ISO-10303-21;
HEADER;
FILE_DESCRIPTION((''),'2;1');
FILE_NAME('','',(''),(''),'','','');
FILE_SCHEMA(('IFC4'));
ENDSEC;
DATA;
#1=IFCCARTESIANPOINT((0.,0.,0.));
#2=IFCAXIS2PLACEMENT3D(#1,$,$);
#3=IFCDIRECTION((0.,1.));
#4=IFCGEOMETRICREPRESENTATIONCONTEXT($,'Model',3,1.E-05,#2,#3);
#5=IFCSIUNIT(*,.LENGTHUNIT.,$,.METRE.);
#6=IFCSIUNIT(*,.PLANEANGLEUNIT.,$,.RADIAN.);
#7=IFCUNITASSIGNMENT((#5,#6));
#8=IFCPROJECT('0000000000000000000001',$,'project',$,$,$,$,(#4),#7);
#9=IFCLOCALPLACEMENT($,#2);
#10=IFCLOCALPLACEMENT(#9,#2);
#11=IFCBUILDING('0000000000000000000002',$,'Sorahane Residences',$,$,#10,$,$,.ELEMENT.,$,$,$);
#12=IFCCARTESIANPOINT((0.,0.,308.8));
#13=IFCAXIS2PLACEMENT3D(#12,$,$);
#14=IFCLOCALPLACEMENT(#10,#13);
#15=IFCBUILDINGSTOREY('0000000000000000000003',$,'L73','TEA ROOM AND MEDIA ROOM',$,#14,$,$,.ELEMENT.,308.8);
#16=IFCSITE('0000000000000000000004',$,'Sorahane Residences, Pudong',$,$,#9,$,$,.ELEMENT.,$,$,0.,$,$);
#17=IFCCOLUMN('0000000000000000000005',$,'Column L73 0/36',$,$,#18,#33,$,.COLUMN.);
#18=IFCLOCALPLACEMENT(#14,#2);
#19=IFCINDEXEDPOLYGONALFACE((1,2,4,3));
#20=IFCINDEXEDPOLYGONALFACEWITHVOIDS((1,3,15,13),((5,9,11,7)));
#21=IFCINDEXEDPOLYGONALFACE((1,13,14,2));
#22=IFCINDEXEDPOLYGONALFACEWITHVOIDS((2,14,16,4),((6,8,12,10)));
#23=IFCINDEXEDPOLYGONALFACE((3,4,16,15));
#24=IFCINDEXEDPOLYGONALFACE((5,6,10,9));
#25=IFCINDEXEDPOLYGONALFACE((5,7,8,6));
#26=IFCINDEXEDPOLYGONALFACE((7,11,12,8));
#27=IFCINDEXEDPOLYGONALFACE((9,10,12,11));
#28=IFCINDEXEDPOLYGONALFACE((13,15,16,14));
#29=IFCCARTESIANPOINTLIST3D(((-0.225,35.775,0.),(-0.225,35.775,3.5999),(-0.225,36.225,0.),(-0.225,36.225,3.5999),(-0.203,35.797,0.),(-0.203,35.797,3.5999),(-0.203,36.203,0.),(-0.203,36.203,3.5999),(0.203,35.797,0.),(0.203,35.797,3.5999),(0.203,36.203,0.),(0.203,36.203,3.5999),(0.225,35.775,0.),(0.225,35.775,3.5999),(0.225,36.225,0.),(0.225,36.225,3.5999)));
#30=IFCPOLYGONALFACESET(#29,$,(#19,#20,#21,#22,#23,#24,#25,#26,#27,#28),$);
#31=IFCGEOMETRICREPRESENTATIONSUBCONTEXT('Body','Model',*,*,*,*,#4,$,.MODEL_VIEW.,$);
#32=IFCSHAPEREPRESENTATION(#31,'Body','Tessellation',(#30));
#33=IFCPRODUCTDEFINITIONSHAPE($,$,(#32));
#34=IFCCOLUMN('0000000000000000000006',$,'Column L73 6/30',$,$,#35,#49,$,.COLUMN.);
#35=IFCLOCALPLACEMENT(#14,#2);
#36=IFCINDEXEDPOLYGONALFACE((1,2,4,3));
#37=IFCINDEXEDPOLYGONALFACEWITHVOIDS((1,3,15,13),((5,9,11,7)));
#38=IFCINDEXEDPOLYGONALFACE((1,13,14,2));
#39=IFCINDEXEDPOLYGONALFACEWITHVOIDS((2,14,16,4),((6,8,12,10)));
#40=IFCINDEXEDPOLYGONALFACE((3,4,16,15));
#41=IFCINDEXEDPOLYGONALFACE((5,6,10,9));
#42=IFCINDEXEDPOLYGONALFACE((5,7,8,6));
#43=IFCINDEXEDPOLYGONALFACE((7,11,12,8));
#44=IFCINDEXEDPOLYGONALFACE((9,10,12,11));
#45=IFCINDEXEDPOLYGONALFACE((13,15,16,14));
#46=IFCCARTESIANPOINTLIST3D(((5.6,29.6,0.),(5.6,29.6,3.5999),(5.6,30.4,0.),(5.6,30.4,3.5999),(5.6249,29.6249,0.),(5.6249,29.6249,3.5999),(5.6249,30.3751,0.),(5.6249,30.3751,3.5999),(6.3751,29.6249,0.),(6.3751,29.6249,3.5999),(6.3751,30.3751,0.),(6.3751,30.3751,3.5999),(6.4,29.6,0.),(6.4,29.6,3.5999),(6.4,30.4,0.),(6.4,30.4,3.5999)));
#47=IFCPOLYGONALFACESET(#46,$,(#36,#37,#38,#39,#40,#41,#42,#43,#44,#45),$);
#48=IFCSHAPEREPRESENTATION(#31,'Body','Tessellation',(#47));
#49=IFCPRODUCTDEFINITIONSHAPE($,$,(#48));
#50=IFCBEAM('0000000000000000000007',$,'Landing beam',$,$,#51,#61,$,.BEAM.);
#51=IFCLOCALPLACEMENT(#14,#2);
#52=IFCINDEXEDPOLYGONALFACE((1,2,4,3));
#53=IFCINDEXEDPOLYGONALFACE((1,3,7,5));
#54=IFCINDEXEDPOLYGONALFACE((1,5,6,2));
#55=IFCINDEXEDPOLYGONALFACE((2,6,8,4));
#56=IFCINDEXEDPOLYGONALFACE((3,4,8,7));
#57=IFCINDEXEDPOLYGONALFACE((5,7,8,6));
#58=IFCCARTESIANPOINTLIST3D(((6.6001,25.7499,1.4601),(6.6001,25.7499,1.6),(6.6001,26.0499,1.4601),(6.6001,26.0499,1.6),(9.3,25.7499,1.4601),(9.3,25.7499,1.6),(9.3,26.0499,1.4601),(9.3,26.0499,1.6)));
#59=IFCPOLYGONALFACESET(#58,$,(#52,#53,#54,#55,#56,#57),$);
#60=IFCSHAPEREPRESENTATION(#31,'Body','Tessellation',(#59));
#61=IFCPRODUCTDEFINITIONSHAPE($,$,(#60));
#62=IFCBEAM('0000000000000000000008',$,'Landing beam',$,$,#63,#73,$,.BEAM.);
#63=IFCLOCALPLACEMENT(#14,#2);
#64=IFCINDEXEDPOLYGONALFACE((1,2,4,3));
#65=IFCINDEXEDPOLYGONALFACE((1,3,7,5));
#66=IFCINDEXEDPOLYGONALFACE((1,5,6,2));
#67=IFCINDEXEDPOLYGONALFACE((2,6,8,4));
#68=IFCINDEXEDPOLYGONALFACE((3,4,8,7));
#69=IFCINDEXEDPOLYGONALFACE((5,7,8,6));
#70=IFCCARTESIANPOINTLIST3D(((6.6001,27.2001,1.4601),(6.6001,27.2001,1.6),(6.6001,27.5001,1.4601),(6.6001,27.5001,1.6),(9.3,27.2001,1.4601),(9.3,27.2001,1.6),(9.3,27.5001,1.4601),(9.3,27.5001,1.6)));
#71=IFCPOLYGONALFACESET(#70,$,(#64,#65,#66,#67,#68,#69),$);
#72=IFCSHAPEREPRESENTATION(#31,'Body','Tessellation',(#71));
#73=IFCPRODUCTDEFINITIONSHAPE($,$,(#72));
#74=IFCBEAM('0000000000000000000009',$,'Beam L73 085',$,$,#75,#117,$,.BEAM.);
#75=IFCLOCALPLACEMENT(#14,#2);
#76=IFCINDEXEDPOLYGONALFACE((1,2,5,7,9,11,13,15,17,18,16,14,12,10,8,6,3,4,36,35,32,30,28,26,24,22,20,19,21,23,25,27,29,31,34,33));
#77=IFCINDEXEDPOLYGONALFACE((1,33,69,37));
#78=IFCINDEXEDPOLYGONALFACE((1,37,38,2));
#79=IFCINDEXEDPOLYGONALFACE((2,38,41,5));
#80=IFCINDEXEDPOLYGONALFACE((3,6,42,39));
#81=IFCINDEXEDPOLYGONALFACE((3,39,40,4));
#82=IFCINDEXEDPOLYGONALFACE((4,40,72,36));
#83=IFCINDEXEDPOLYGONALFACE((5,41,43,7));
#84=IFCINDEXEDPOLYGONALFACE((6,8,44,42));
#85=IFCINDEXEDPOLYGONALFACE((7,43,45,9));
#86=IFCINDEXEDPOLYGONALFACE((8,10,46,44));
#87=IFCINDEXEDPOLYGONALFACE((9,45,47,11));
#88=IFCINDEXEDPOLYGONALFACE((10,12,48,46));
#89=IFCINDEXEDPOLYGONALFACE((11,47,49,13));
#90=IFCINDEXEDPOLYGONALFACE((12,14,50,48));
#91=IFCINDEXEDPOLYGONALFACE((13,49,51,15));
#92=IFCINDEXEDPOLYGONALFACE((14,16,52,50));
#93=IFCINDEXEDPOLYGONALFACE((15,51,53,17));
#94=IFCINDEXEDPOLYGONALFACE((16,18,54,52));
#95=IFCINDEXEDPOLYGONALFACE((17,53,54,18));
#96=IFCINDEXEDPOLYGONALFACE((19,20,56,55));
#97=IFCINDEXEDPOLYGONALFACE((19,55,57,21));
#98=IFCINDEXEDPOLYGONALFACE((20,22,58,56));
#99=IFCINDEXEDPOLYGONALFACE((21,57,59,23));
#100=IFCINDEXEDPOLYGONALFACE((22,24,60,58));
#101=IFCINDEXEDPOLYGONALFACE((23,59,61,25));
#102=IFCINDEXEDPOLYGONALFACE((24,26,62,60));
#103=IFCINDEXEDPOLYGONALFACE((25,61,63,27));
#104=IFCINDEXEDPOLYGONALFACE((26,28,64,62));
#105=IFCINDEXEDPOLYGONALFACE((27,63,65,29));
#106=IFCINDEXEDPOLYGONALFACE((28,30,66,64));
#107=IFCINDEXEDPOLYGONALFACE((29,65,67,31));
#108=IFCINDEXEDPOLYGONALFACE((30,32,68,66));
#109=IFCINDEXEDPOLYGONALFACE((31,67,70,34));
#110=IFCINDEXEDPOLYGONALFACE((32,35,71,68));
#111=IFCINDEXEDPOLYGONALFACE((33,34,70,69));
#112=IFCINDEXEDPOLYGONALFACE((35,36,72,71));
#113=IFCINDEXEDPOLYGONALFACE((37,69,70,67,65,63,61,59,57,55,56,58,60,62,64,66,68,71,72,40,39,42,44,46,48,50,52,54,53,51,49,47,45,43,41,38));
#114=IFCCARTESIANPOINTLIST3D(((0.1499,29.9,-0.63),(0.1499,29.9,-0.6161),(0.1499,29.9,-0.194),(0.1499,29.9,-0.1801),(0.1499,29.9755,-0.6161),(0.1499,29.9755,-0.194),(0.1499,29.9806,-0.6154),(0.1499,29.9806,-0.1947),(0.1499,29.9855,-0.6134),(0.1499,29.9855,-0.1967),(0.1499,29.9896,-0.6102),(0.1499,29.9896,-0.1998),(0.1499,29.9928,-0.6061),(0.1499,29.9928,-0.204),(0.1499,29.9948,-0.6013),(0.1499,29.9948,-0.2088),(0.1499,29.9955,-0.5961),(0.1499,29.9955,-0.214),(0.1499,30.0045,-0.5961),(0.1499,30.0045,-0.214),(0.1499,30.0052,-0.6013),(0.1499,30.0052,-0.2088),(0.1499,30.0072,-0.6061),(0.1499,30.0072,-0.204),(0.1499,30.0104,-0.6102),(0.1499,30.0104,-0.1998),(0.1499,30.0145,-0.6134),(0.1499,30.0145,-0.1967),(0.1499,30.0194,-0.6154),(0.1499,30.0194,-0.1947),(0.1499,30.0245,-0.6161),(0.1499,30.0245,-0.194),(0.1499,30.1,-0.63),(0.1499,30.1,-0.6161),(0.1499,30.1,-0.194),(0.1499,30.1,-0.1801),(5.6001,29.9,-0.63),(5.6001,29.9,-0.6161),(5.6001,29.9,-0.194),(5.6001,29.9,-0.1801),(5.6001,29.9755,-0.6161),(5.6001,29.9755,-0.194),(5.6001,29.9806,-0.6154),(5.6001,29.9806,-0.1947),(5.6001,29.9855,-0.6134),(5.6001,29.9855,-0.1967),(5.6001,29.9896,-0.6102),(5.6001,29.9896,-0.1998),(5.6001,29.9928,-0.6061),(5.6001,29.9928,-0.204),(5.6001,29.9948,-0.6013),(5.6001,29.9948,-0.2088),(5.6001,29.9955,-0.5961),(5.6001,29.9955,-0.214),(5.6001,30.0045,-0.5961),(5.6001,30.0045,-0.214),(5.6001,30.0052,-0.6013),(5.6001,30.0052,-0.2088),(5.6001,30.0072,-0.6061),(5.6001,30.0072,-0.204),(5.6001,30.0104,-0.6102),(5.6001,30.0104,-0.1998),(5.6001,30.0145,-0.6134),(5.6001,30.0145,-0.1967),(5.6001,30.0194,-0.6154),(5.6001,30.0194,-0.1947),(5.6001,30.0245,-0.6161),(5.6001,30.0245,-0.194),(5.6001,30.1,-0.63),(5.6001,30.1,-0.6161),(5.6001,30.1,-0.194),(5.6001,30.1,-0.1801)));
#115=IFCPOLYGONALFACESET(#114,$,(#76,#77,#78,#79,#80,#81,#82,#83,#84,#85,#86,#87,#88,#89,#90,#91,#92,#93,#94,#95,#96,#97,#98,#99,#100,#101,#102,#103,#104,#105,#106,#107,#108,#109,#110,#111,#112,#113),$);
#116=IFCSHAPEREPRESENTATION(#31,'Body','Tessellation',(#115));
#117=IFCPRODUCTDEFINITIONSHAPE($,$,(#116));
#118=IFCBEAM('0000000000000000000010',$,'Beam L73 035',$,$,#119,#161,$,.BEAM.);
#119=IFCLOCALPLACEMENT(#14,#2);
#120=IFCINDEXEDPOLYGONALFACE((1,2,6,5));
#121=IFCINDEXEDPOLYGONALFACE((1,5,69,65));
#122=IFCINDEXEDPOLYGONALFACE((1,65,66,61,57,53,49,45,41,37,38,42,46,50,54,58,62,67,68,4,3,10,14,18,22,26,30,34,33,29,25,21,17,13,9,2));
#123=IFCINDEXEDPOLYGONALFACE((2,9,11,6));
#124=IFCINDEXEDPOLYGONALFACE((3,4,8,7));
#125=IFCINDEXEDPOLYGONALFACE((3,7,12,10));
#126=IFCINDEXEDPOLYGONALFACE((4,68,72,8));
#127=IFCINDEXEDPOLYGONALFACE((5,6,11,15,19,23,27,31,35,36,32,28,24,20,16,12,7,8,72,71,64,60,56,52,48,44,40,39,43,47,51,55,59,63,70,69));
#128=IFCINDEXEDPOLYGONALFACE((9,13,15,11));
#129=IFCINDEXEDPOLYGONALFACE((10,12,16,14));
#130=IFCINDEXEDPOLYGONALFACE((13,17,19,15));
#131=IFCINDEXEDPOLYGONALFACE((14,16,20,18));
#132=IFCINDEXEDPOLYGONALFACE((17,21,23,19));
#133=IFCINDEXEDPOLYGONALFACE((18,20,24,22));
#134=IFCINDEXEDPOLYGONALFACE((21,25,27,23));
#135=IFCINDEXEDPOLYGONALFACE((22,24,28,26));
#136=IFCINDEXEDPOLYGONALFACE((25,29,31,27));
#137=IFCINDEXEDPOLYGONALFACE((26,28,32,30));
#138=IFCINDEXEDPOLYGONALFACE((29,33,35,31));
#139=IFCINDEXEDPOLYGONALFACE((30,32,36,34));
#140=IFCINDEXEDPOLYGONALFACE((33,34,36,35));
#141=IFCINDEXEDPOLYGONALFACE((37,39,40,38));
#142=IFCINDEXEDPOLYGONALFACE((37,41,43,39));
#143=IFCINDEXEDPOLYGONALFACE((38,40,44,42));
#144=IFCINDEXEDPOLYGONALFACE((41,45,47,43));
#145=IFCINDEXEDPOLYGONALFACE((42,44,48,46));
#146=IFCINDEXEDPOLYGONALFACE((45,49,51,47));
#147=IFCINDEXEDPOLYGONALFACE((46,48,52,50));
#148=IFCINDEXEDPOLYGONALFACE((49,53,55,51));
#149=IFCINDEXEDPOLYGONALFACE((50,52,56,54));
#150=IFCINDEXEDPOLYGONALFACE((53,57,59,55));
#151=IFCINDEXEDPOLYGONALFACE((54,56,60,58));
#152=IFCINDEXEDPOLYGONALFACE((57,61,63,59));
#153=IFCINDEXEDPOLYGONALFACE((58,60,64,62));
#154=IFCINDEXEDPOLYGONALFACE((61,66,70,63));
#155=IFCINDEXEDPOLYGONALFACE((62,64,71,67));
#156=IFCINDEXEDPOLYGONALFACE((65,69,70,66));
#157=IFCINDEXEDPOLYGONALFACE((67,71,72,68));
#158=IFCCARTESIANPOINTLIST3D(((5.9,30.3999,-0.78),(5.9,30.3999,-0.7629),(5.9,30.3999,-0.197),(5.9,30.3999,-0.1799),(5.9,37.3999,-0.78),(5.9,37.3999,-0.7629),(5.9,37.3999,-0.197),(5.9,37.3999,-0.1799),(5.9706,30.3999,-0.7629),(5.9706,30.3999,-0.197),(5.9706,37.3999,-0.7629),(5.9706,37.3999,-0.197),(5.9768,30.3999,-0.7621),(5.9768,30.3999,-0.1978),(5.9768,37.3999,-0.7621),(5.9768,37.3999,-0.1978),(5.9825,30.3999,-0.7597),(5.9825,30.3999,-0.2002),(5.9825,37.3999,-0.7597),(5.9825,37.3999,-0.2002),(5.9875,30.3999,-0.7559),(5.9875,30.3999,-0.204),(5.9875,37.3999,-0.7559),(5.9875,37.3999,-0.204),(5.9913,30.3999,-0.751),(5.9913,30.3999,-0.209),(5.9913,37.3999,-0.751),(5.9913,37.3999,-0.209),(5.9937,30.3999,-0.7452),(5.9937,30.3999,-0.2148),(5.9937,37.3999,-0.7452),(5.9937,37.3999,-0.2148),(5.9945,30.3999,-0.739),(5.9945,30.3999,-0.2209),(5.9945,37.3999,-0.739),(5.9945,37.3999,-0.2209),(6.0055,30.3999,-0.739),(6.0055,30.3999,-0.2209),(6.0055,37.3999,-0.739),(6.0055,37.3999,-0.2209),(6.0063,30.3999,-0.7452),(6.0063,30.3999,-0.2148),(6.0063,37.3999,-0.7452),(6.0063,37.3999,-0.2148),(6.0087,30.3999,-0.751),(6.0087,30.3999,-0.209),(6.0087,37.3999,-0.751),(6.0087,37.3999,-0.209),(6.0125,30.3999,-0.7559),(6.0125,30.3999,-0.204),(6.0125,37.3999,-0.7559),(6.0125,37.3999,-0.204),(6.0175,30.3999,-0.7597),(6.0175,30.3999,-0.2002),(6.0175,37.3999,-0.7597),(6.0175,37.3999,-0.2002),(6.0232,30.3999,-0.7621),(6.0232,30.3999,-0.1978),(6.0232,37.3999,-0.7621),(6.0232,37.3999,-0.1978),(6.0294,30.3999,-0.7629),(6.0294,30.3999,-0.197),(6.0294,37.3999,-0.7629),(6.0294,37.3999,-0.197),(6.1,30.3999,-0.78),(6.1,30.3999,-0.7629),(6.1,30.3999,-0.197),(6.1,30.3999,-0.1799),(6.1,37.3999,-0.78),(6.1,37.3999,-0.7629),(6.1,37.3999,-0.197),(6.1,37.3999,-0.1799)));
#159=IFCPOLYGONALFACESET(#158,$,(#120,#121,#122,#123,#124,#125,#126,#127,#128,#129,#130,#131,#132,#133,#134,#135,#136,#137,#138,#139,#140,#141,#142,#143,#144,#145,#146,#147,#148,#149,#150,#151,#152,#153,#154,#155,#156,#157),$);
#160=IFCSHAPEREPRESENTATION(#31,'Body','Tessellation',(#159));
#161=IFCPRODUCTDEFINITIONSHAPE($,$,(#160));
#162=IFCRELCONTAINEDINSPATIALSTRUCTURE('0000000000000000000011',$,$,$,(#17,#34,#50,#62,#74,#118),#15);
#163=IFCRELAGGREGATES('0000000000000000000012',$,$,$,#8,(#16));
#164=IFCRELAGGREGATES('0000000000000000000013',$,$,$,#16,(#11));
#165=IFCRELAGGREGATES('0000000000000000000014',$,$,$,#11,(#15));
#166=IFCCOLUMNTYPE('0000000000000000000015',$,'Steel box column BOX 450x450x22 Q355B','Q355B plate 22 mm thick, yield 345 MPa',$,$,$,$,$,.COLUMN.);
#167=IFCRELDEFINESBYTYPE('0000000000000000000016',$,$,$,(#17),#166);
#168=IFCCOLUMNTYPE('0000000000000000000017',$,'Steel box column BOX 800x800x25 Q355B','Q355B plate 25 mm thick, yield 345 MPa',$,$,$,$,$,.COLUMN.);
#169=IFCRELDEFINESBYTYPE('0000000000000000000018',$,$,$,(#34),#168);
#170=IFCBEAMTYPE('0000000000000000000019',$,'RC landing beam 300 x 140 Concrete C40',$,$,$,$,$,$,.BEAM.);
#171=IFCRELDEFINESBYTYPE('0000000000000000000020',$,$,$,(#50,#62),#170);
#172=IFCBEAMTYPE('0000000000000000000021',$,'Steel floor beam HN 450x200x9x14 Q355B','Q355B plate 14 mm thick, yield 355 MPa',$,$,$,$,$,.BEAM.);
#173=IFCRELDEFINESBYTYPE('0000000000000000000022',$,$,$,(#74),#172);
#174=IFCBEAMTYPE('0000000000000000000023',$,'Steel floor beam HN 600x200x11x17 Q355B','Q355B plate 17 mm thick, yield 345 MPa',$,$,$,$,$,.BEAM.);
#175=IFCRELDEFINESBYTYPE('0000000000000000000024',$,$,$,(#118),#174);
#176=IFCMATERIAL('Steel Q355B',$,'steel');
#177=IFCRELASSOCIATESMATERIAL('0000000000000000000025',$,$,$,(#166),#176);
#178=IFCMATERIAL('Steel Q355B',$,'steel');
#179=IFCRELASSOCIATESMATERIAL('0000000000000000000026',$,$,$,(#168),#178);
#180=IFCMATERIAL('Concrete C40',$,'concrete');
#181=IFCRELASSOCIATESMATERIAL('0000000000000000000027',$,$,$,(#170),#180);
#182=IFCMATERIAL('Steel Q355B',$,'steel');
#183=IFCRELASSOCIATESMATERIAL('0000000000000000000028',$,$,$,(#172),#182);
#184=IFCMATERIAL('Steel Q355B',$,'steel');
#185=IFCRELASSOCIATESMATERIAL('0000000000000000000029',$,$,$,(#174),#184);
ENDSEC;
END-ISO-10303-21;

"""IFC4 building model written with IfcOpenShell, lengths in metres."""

from ifc_helpers import new_model, si_unit, direction, frame, origin, origin_2d, place, context, subcontext, project, spatial, rectangle, hollow_rectangle, i_section, extrude, material, material_profile, profile_set, type_object, element, save


model = new_model("IFC4")

# Units and contexts
model_context = context("Model", 3, precision=1e-05, world=origin(), true_north=direction((0.0, 1.0)))
body_context = subcontext(model_context, "Body", "Model", "MODEL_VIEW")
ifc_project = project(units=[si_unit("LENGTHUNIT", "METRE"), si_unit("PLANEANGLEUNIT", "RADIAN")], contexts=[model_context])

# Site, building, storey
site_placement = place(None, origin())
site = spatial("IfcSite", under=ifc_project, at=site_placement, Name="Sorahane Residences, Pudong", CompositionType="ELEMENT", RefElevation=0.0)
building_placement = place(site_placement, origin())
building = spatial("IfcBuilding", under=site, at=building_placement, Name="Sorahane Residences", CompositionType="ELEMENT")
storey_placement = place(building_placement, frame((0.0, 0.0, 308.8)))
storey = spatial("IfcBuildingStorey", under=building, at=storey_placement, Name="L73", Description="TEA ROOM AND MEDIA ROOM", CompositionType="ELEMENT", Elevation=308.8)

# Columns
ifc_material_1 = material(Name="Steel Q355B", Category="steel")
ifc_material_profile_1 = material_profile(ifc_material_1, hollow_rectangle(XDim=0.45, YDim=0.45, WallThickness=0.022, at=origin_2d()), Name="BOX 450x450x22")
ifc_profile_set_1 = profile_set([ifc_material_profile_1], Name="Steel Q355B")
column_type_1 = type_object("IfcColumnType", Name="Steel box column BOX 450x450x22 Q355B", Description="Q355B plate 22 mm thick, yield 345 MPa", PredefinedType="COLUMN", material=ifc_profile_set_1)
column_1_placement = place(storey_placement, frame((0.0, 36.0, 0.0), z_axis=(0.0, 0.0, 1.0), x_axis=(1.0, 0.0, 0.0)))
element("IfcColumn", 1, at=column_1_placement, inside=storey, type_object=column_type_1, Name="Column L73 0/36", PredefinedType="COLUMN", context=body_context, shape_type="SweptSolid", body=[
    extrude(hollow_rectangle(XDim=0.45, YDim=0.45, WallThickness=0.022, at=origin_2d()), origin(), (0.0, 0.0, 1.0), 3.5999),
])
ifc_material_2 = material(Name="Steel Q355B", Category="steel")
ifc_material_profile_2 = material_profile(ifc_material_2, hollow_rectangle(XDim=0.8, YDim=0.8, WallThickness=0.0249, at=origin_2d()), Name="BOX 800x800x25")
ifc_profile_set_2 = profile_set([ifc_material_profile_2], Name="Steel Q355B")
column_type_2 = type_object("IfcColumnType", Name="Steel box column BOX 800x800x25 Q355B", Description="Q355B plate 25 mm thick, yield 345 MPa", PredefinedType="COLUMN", material=ifc_profile_set_2)
column_2_placement = place(storey_placement, frame((6.0, 30.0, 0.0), z_axis=(0.0, 0.0, 1.0), x_axis=(1.0, 0.0, 0.0)))
element("IfcColumn", 2, at=column_2_placement, inside=storey, type_object=column_type_2, Name="Column L73 6/30", PredefinedType="COLUMN", context=body_context, shape_type="SweptSolid", body=[
    extrude(hollow_rectangle(XDim=0.8, YDim=0.8, WallThickness=0.0249, at=origin_2d()), origin(), (0.0, 0.0, 1.0), 3.5999),
])

# Beams
ifc_material_3 = material(Name="Concrete C40", Category="concrete")
ifc_material_profile_3 = material_profile(ifc_material_3, rectangle(XDim=0.3, YDim=0.1399, at=origin_2d()), Name="300x140")
ifc_profile_set_3 = profile_set([ifc_material_profile_3], Name="Concrete C40")
beam_type_1 = type_object("IfcBeamType", Name="RC landing beam 300 x 140 Concrete C40", PredefinedType="BEAM", material=ifc_profile_set_3)
for number, where, z_axis, x_axis, name in (
    (3, (6.6001, 25.8999, 1.53), (1.0, 0.0, 0.0), (0.0, 1.0, 0.0), "Landing beam"),
    (4, (6.6001, 27.3501, 1.53), (1.0, 0.0, 0.0), (0.0, 1.0, 0.0), "Landing beam"),
):
    element("IfcBeam", number, at=place(storey_placement, frame(where, z_axis=z_axis, x_axis=x_axis)), inside=storey, type_object=beam_type_1, Name=name, PredefinedType="BEAM", context=body_context, shape_type="SweptSolid", body=[
        extrude(rectangle(XDim=0.3, YDim=0.1399, at=origin_2d()), origin(), (0.0, 0.0, 1.0), 2.7),
    ])
ifc_material_4 = material(Name="Steel Q355B", Category="steel")
ifc_material_profile_4 = material_profile(ifc_material_4, i_section(OverallWidth=0.2, OverallDepth=0.45, WebThickness=0.009, FlangeThickness=0.0139, FilletRadius=0.02, at=origin_2d()), Name="HN 450x200x9x14")
ifc_profile_set_4 = profile_set([ifc_material_profile_4], Name="Steel Q355B")
beam_type_2 = type_object("IfcBeamType", Name="Steel floor beam HN 450x200x9x14 Q355B", Description="Q355B plate 14 mm thick, yield 355 MPa", PredefinedType="BEAM", material=ifc_profile_set_4)
beam_1_placement = place(storey_placement, frame((0.1499, 30.0, -0.405), z_axis=(1.0, 0.0, 0.0), x_axis=(0.0, 1.0, 0.0)))
element("IfcBeam", 5, at=beam_1_placement, inside=storey, type_object=beam_type_2, Name="Beam L73 085", PredefinedType="BEAM", context=body_context, shape_type="SweptSolid", body=[
    extrude(i_section(OverallWidth=0.2, OverallDepth=0.45, WebThickness=0.009, FlangeThickness=0.0139, FilletRadius=0.02, at=origin_2d()), origin(), (0.0, 0.0, 1.0), 5.4502),
])
ifc_material_5 = material(Name="Steel Q355B", Category="steel")
ifc_material_profile_5 = material_profile(ifc_material_5, i_section(OverallWidth=0.2, OverallDepth=0.6001, WebThickness=0.011, FlangeThickness=0.0171, FilletRadius=0.0239, at=origin_2d()), Name="HN 600x200x11x17")
ifc_profile_set_5 = profile_set([ifc_material_profile_5], Name="Steel Q355B")
beam_type_3 = type_object("IfcBeamType", Name="Steel floor beam HN 600x200x11x17 Q355B", Description="Q355B plate 17 mm thick, yield 345 MPa", PredefinedType="BEAM", material=ifc_profile_set_5)
beam_2_placement = place(storey_placement, frame((6.0, 30.3999, -0.48), z_axis=(0.0, 1.0, 0.0), x_axis=(-1.0, 0.0, 0.0)))
element("IfcBeam", 6, at=beam_2_placement, inside=storey, type_object=beam_type_3, Name="Beam L73 035", PredefinedType="BEAM", context=body_context, shape_type="SweptSolid", body=[
    extrude(i_section(OverallWidth=0.2, OverallDepth=0.6001, WebThickness=0.011, FlangeThickness=0.0171, FilletRadius=0.0239, at=origin_2d()), origin(), (0.0, 0.0, 1.0), 7.0),
])

save(model, "model.ifc")
